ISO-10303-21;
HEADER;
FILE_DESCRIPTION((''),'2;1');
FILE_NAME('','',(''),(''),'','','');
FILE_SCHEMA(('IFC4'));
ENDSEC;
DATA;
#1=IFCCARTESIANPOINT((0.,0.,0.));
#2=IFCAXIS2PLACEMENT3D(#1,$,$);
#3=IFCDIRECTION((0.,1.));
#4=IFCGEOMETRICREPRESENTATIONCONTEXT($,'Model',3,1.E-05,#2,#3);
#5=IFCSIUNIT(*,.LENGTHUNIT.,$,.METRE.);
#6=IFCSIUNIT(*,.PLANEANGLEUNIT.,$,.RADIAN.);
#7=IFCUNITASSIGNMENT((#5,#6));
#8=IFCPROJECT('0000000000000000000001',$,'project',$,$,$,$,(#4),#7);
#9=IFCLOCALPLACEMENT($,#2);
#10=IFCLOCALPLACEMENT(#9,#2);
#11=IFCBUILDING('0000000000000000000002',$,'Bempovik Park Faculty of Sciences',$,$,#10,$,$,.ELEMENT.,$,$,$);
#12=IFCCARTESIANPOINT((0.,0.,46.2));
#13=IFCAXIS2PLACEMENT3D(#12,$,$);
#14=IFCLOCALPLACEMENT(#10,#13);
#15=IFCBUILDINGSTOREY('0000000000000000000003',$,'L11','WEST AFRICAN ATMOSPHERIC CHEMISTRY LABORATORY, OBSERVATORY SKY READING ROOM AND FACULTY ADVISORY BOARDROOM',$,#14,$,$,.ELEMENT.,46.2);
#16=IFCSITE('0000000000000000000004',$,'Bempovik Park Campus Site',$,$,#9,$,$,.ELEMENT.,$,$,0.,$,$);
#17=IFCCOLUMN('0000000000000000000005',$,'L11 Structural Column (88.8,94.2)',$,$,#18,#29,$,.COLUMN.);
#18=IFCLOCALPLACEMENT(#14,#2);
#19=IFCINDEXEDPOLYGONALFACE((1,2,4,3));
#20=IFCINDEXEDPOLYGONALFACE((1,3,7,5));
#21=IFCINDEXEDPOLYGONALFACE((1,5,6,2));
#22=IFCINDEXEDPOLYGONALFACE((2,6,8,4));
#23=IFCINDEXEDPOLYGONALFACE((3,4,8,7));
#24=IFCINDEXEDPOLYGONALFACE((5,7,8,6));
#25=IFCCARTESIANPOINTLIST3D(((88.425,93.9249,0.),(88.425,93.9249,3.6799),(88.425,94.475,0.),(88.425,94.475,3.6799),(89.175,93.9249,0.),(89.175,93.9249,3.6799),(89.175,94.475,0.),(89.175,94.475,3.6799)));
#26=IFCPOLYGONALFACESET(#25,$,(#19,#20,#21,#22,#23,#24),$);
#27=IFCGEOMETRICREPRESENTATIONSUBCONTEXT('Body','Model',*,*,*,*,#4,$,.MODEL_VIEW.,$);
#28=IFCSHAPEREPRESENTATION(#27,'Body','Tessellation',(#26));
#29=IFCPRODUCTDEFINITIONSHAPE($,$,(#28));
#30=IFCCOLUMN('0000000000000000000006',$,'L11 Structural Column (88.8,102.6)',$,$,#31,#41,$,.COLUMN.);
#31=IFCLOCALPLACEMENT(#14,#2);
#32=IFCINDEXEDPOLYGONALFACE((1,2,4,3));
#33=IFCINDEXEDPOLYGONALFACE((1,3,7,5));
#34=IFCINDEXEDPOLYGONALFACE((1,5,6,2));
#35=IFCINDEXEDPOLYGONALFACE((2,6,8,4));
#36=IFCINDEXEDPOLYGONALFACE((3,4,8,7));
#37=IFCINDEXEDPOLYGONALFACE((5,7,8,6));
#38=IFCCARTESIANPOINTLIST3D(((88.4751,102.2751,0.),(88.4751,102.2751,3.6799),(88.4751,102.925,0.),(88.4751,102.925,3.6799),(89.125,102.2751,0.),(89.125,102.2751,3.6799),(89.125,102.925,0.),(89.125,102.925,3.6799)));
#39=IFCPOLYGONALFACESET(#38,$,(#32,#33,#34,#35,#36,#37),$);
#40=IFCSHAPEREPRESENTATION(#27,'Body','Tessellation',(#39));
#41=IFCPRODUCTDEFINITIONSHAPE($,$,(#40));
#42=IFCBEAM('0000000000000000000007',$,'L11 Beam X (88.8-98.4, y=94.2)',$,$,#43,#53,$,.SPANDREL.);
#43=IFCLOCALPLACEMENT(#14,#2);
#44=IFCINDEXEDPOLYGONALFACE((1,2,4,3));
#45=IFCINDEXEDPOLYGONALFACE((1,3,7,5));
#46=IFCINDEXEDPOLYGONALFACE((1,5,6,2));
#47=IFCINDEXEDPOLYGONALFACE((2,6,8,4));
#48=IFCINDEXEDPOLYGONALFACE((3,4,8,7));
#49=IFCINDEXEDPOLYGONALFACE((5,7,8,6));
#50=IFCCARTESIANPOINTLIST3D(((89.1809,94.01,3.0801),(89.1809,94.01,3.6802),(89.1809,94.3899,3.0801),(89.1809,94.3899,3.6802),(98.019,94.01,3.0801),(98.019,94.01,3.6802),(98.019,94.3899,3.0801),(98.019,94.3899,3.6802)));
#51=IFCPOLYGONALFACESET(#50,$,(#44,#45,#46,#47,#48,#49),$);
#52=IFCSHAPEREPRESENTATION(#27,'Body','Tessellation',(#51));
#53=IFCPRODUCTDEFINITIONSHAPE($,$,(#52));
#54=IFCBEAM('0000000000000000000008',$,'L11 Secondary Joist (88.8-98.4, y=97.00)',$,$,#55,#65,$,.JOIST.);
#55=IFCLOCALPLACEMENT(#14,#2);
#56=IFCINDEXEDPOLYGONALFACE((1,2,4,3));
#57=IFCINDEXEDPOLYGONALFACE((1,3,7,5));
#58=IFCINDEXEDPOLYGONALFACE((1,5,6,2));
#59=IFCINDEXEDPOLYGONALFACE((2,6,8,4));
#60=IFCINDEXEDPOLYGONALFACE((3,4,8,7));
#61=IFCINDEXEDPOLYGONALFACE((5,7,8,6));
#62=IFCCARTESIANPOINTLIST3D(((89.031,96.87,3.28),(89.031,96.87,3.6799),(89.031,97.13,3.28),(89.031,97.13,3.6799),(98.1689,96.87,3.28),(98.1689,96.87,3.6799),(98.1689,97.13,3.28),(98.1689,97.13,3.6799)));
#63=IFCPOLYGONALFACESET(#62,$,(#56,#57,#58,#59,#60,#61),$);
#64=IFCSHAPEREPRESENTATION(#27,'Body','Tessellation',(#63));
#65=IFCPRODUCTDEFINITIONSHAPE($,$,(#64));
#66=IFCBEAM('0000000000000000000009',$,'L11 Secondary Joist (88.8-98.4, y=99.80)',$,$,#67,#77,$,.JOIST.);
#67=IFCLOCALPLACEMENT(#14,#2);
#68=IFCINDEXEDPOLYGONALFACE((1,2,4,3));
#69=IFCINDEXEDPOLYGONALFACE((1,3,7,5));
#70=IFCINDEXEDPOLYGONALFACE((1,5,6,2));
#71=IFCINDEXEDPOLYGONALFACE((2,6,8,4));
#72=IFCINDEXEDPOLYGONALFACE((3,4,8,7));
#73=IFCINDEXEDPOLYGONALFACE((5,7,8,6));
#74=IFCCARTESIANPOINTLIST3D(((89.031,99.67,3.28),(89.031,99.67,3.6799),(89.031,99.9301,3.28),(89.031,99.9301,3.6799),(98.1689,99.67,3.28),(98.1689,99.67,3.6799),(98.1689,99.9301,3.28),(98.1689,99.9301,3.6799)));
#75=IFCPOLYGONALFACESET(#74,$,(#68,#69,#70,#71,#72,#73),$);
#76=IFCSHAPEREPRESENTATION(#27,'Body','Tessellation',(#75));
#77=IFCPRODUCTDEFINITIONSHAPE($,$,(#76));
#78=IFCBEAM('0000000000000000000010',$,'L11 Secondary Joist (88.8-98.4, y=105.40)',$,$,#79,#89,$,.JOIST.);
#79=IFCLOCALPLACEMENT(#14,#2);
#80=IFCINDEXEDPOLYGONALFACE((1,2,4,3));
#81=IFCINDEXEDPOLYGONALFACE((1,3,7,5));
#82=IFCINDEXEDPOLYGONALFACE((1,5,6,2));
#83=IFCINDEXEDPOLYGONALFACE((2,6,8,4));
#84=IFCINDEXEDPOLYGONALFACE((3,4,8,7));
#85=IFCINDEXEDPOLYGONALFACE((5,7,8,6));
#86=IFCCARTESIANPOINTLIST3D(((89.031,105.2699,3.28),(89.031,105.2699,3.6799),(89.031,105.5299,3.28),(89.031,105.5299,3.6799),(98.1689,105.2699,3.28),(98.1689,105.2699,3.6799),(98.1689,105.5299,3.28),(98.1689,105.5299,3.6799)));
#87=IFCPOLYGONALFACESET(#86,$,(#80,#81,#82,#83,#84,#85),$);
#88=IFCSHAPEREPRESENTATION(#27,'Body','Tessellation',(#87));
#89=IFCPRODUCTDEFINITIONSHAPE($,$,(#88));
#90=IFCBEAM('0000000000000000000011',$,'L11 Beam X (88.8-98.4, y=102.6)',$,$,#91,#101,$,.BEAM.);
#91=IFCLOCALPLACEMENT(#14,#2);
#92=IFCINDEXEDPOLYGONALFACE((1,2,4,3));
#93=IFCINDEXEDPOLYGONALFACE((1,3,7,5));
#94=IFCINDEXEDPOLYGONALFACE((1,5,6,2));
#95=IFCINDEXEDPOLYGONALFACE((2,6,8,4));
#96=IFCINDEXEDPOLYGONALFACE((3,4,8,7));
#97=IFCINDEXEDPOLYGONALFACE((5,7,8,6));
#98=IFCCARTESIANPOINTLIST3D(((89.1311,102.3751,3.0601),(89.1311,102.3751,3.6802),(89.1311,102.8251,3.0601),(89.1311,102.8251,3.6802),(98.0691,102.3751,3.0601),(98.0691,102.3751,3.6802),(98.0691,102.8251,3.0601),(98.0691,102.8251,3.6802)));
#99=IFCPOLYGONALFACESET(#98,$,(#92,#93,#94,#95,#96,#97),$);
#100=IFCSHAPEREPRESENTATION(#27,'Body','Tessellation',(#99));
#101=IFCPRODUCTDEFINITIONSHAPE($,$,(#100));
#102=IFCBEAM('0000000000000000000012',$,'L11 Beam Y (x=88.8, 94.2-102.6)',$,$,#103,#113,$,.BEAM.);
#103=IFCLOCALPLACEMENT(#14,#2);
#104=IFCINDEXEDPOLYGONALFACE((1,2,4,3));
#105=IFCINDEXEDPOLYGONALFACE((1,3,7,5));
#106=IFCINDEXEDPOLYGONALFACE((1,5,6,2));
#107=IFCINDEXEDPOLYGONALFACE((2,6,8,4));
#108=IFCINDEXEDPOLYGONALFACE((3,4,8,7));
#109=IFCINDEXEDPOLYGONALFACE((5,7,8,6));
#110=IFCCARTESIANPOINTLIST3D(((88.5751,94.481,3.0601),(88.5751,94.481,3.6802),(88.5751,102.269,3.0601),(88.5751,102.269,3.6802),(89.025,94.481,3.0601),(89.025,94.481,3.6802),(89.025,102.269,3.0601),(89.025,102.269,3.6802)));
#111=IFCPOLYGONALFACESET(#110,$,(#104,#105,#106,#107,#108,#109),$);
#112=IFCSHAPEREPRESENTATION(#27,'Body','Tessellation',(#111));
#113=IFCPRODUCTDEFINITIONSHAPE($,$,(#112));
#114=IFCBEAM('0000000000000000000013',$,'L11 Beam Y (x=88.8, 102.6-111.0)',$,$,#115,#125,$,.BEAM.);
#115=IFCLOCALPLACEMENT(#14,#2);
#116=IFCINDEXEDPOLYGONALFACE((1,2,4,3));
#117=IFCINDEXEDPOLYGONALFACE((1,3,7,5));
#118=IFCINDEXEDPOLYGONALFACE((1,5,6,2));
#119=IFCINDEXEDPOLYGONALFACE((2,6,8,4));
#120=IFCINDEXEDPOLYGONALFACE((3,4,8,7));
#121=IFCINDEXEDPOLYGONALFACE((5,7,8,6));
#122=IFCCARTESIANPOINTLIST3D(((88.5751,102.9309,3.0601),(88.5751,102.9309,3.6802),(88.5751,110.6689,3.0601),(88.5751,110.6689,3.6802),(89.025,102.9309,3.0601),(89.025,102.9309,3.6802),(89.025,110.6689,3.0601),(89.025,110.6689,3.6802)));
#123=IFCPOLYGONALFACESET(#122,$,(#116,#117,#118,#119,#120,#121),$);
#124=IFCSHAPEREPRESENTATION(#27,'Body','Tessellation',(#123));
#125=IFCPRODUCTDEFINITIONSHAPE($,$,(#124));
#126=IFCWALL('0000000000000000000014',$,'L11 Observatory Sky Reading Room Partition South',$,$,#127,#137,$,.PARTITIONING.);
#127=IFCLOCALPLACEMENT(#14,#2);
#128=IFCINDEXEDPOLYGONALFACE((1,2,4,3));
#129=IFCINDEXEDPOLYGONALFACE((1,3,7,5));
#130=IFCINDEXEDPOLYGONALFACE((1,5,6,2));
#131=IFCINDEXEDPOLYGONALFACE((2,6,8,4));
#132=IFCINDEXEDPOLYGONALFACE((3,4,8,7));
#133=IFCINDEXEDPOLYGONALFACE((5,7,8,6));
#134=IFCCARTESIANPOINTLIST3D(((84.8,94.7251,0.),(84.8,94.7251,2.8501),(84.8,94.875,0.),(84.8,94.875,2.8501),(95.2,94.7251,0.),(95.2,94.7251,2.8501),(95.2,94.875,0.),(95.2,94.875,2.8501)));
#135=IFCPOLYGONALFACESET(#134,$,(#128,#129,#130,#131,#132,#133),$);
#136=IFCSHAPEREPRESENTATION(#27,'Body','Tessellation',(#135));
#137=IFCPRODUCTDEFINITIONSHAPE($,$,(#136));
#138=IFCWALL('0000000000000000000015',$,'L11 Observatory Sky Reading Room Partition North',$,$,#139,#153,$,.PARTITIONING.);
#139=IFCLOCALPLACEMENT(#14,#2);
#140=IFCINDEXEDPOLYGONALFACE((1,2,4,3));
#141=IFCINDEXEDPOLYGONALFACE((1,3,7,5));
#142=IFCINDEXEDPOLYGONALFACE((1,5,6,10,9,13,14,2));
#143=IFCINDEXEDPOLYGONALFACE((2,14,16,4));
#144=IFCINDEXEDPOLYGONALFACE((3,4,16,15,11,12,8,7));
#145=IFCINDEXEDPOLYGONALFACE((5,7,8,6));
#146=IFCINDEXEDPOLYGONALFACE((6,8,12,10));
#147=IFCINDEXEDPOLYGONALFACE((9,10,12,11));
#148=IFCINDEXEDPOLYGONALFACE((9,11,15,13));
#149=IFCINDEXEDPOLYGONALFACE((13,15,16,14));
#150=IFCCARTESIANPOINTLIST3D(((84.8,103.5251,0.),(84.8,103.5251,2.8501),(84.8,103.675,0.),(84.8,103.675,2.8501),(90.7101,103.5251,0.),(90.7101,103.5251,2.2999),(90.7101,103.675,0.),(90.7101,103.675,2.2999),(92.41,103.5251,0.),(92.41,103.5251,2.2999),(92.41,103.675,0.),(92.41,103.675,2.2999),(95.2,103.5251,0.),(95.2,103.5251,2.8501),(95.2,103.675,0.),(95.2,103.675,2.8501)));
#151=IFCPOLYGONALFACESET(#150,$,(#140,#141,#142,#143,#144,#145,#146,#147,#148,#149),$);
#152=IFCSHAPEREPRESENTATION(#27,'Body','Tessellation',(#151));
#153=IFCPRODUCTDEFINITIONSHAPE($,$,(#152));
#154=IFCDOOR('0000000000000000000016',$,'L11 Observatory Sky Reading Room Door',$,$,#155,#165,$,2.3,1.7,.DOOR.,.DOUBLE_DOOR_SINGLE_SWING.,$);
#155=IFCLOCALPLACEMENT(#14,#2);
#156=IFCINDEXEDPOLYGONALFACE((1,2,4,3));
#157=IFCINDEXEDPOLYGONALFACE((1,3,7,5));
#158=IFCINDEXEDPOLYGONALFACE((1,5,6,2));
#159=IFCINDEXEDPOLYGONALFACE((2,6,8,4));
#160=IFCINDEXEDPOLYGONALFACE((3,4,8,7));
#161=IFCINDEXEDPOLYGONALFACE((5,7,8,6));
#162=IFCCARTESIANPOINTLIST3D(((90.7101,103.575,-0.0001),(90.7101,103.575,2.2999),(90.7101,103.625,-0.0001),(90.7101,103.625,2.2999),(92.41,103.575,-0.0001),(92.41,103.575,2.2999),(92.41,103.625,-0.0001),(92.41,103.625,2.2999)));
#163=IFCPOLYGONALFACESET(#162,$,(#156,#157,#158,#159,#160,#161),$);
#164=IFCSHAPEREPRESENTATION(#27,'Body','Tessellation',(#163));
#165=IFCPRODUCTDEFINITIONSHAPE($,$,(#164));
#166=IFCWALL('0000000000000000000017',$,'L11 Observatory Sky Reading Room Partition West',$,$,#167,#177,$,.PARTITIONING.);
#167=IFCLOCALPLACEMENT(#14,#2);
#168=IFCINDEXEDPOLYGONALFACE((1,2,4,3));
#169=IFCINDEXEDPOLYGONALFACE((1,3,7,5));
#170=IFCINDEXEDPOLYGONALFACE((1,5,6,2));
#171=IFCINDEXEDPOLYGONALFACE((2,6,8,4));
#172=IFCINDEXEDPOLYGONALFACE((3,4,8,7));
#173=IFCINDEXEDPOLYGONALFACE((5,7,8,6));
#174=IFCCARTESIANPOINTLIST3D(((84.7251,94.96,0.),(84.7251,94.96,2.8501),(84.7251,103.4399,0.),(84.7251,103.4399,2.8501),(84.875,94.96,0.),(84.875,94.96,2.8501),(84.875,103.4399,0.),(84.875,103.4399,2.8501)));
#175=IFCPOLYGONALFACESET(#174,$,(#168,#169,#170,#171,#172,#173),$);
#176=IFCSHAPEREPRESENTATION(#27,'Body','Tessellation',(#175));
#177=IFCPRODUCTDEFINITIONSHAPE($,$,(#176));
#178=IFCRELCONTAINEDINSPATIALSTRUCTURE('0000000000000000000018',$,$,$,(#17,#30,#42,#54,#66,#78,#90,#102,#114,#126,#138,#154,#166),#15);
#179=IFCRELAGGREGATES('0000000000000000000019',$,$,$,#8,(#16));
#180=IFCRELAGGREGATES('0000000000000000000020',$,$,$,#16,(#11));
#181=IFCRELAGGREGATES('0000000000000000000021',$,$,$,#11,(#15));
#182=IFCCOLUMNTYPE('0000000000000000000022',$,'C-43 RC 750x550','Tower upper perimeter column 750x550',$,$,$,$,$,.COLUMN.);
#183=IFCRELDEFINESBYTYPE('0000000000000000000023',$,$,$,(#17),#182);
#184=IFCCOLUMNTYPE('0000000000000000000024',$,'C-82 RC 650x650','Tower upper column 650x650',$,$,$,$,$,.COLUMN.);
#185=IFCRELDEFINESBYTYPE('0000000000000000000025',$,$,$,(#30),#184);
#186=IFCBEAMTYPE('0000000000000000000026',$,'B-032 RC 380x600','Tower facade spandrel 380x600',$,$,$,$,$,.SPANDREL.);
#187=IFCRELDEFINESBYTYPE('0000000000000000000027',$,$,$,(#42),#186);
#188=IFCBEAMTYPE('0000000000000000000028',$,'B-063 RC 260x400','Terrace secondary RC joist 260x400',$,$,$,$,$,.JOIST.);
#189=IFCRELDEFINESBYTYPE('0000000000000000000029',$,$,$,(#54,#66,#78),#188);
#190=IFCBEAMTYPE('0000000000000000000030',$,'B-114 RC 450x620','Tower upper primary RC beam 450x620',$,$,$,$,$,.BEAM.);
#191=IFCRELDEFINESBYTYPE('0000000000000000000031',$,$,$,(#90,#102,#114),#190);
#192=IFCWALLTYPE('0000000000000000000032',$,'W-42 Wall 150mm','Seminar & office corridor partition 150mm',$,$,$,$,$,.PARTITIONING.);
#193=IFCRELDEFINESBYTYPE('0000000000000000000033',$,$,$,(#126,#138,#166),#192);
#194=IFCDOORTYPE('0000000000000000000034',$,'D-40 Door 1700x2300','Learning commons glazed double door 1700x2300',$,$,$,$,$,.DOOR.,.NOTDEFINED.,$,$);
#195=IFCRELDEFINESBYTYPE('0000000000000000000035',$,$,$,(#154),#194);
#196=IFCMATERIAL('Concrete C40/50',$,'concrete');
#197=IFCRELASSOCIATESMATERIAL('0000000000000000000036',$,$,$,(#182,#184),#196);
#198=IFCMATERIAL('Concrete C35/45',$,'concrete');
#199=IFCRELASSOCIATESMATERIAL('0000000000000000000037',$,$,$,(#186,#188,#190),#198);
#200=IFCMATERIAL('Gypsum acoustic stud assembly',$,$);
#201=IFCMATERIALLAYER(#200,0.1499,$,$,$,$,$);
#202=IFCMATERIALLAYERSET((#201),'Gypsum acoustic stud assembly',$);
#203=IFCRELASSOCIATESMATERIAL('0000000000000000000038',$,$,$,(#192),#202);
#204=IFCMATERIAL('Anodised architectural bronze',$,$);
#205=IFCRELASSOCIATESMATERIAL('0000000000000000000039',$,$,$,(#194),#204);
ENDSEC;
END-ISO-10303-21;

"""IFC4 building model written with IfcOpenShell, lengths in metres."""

from ifc_helpers import new_model, si_unit, direction, frame, frame_2d, origin, origin_2d, place, context, subcontext, project, spatial, rectangle, extrude, material, layer, layer_set, material_profile, profile_set, type_object, element, fill, save


model = new_model("IFC4")

# Units and contexts
model_context = context("Model", 3, precision=1e-05, world=origin(), true_north=direction((0.0, 1.0)))
body_context = subcontext(model_context, "Body", "Model", "MODEL_VIEW")
ifc_project = project(units=[si_unit("LENGTHUNIT", "METRE"), si_unit("PLANEANGLEUNIT", "RADIAN")], contexts=[model_context])

# Site, building, storey
site_placement = place(None, origin())
site = spatial("IfcSite", under=ifc_project, at=site_placement, Name="Bempovik Park Campus Site", CompositionType="ELEMENT", RefElevation=0.0)
building_placement = place(site_placement, origin())
building = spatial("IfcBuilding", under=site, at=building_placement, Name="Bempovik Park Faculty of Sciences", CompositionType="ELEMENT")
storey_placement = place(building_placement, frame((0.0, 0.0, 46.2)))
storey = spatial("IfcBuildingStorey", under=building, at=storey_placement, Name="L11", Description="WEST AFRICAN ATMOSPHERIC CHEMISTRY LABORATORY, OBSERVATORY SKY READING ROOM AND FACULTY ADVISORY BOARDROOM", CompositionType="ELEMENT", Elevation=46.2)

# Columns
ifc_material_1 = material(Name="Concrete C40/50", Category="concrete")
ifc_material_profile_1 = material_profile(ifc_material_1, rectangle(XDim=0.75, YDim=0.55, at=origin_2d()), Name="RC 750x550")
ifc_profile_set_1 = profile_set([ifc_material_profile_1], Name="Concrete C40/50")
column_type_1 = type_object("IfcColumnType", Name="C-43 RC 750x550", Description="Tower upper perimeter column 750x550", PredefinedType="COLUMN", material=ifc_profile_set_1)
column_1_placement = place(storey_placement, frame((88.8, 94.2, 0.0), z_axis=(0.0, 0.0, 1.0), x_axis=(1.0, 0.0, 0.0)))
element("IfcColumn", 1, at=column_1_placement, inside=storey, type_object=column_type_1, Name="L11 Structural Column (88.8,94.2)", PredefinedType="COLUMN", context=body_context, shape_type="SweptSolid", body=[
    extrude(rectangle(XDim=0.75, YDim=0.55, at=origin_2d()), origin(), (0.0, 0.0, 1.0), 3.6799),
])
ifc_material_profile_2 = material_profile(ifc_material_1, rectangle(XDim=0.6499, YDim=0.6499, at=origin_2d()), Name="RC 650x650")
ifc_profile_set_2 = profile_set([ifc_material_profile_2], Name="Concrete C40/50")
column_type_2 = type_object("IfcColumnType", Name="C-82 RC 650x650", Description="Tower upper column 650x650", PredefinedType="COLUMN", material=ifc_profile_set_2)
column_2_placement = place(storey_placement, frame((88.8, 102.6001, 0.0), z_axis=(0.0, 0.0, 1.0), x_axis=(1.0, 0.0, 0.0)))
element("IfcColumn", 2, at=column_2_placement, inside=storey, type_object=column_type_2, Name="L11 Structural Column (88.8,102.6)", PredefinedType="COLUMN", context=body_context, shape_type="SweptSolid", body=[
    extrude(rectangle(XDim=0.6499, YDim=0.6499, at=origin_2d()), origin(), (0.0, 0.0, 1.0), 3.6799),
])

# Beams
ifc_material_2 = material(Name="Concrete C35/45", Category="concrete")
ifc_material_profile_3 = material_profile(ifc_material_2, rectangle(XDim=0.3799, YDim=0.6001, at=origin_2d()), Name="RC 380x600")
ifc_profile_set_3 = profile_set([ifc_material_profile_3], Name="Concrete C35/45")
beam_type_1 = type_object("IfcBeamType", Name="B-032 RC 380x600", Description="Tower facade spandrel 380x600", PredefinedType="SPANDREL", material=ifc_profile_set_3)
beam_1_placement = place(storey_placement, frame((89.1809, 94.2, 3.3801), z_axis=(1.0, 0.0, 0.0), x_axis=(0.0, 1.0, 0.0)))
element("IfcBeam", 3, at=beam_1_placement, inside=storey, type_object=beam_type_1, Name="L11 Beam X (88.8-98.4, y=94.2)", PredefinedType="SPANDREL", context=body_context, shape_type="SweptSolid", body=[
    extrude(rectangle(XDim=0.3799, YDim=0.6001, at=origin_2d()), origin(), (0.0, 0.0, 1.0), 8.8381),
])
ifc_material_profile_4 = material_profile(ifc_material_2, rectangle(XDim=0.26, YDim=0.3999, at=origin_2d()), Name="RC 260x400")
ifc_profile_set_4 = profile_set([ifc_material_profile_4], Name="Concrete C35/45")
beam_type_2 = type_object("IfcBeamType", Name="B-063 RC 260x400", Description="Terrace secondary RC joist 260x400", PredefinedType="JOIST", material=ifc_profile_set_4)
for number, where, z_axis, x_axis, name in (
    (4, (89.031, 97.0, 3.48), (1.0, 0.0, 0.0), (0.0, 1.0, 0.0), "L11 Secondary Joist (88.8-98.4, y=97.00)"),
    (5, (89.031, 99.8, 3.48), (1.0, 0.0, 0.0), (0.0, 1.0, 0.0), "L11 Secondary Joist (88.8-98.4, y=99.80)"),
    (6, (89.031, 105.3999, 3.48), (1.0, 0.0, 0.0), (0.0, 1.0, 0.0), "L11 Secondary Joist (88.8-98.4, y=105.40)"),
):
    element("IfcBeam", number, at=place(storey_placement, frame(where, z_axis=z_axis, x_axis=x_axis)), inside=storey, type_object=beam_type_2, Name=name, PredefinedType="JOIST", context=body_context, shape_type="SweptSolid", body=[
        extrude(rectangle(XDim=0.26, YDim=0.3999, at=origin_2d()), origin(), (0.0, 0.0, 1.0), 9.1379),
    ])
ifc_material_profile_5 = material_profile(ifc_material_2, rectangle(XDim=0.45, YDim=0.6201, at=origin_2d()), Name="RC 450x620")
ifc_profile_set_5 = profile_set([ifc_material_profile_5], Name="Concrete C35/45")
beam_type_3 = type_object("IfcBeamType", Name="B-114 RC 450x620", Description="Tower upper primary RC beam 450x620", PredefinedType="BEAM", material=ifc_profile_set_5)
beam_2_placement = place(storey_placement, frame((89.1311, 102.6001, 3.3701), z_axis=(1.0, 0.0, 0.0), x_axis=(0.0, 1.0, 0.0)))
element("IfcBeam", 7, at=beam_2_placement, inside=storey, type_object=beam_type_3, Name="L11 Beam X (88.8-98.4, y=102.6)", PredefinedType="BEAM", context=body_context, shape_type="SweptSolid", body=[
    extrude(rectangle(XDim=0.45, YDim=0.6201, at=origin_2d()), origin(), (0.0, 0.0, 1.0), 8.938),
])
beam_3_placement = place(storey_placement, frame((88.8, 94.481, 3.3701), z_axis=(0.0, 1.0, 0.0), x_axis=(-1.0, 0.0, 0.0)))
element("IfcBeam", 8, at=beam_3_placement, inside=storey, type_object=beam_type_3, Name="L11 Beam Y (x=88.8, 94.2-102.6)", PredefinedType="BEAM", context=body_context, shape_type="SweptSolid", body=[
    extrude(rectangle(XDim=0.45, YDim=0.6201, at=origin_2d()), origin(), (0.0, 0.0, 1.0), 7.7881),
])
beam_4_placement = place(storey_placement, frame((88.8, 102.9309, 3.3701), z_axis=(0.0, 1.0, 0.0), x_axis=(-1.0, 0.0, 0.0)))
element("IfcBeam", 9, at=beam_4_placement, inside=storey, type_object=beam_type_3, Name="L11 Beam Y (x=88.8, 102.6-111.0)", PredefinedType="BEAM", context=body_context, shape_type="SweptSolid", body=[
    extrude(rectangle(XDim=0.45, YDim=0.6201, at=origin_2d()), origin(), (0.0, 0.0, 1.0), 7.738),
])

# Wall
ifc_material_3 = material(Name="Gypsum acoustic stud assembly")
ifc_layer_1 = layer(ifc_material_3, 0.1499)
ifc_layer_set_1 = layer_set([ifc_layer_1], Name="Gypsum acoustic stud assembly")
wall_type_1 = type_object("IfcWallType", Name="W-42 Wall 150mm", Description="Seminar & office corridor partition 150mm", PredefinedType="PARTITIONING", material=ifc_layer_set_1)
wall_1_placement = place(storey_placement, frame((84.8, 94.8, 0.0), z_axis=(0.0, 0.0, 1.0), x_axis=(1.0, 0.0, 0.0)))
element("IfcWall", 10, at=wall_1_placement, inside=storey, type_object=wall_type_1, Name="L11 Observatory Sky Reading Room Partition South", PredefinedType="PARTITIONING", context=body_context, shape_type="SweptSolid", body=[
    extrude(rectangle(XDim=10.3999, YDim=0.1499, at=frame_2d((5.2, 0.0))), origin(), (0.0, 0.0, 1.0), 2.8501),
])

# Wall, opening, door
wall_2_placement = place(storey_placement, frame((84.8, 103.6001, 0.0), z_axis=(0.0, 0.0, 1.0), x_axis=(1.0, 0.0, 0.0)))
wall_2 = element("IfcWall", 11, at=wall_2_placement, inside=storey, type_object=wall_type_1, Name="L11 Observatory Sky Reading Room Partition North", PredefinedType="PARTITIONING", context=body_context, shape_type="SweptSolid", body=[
    extrude(rectangle(XDim=10.3999, YDim=0.1499, at=frame_2d((5.2, 0.0))), origin(), (0.0, 0.0, 1.0), 2.8501),
])
opening_1_placement = place(wall_2_placement, frame((5.9099, 0.0, 0.0)))
opening_1 = element("IfcOpeningElement", 12, at=opening_1_placement, cuts=wall_2, PredefinedType="OPENING", context=body_context, shape_type="SweptSolid", body=[
    extrude(rectangle(XDim=1.7, YDim=2.3, at=frame_2d((0.8501, 1.1499))), frame((0.0, 0.085, 0.0), z_axis=(0.0, -1.0, 0.0), x_axis=(1.0, 0.0, 0.0)), (0.0, 0.0, 1.0), 0.1699),
])
ifc_material_4 = material(Name="Anodised architectural bronze")
door_type = type_object("IfcDoorType", Name="D-40 Door 1700x2300", Description="Learning commons glazed double door 1700x2300", OperationType="NOTDEFINED", PredefinedType="DOOR", material=ifc_material_4)
door_placement = place(opening_1_placement, origin())
door = element("IfcDoor", 13, at=door_placement, inside=storey, type_object=door_type, Name="L11 Observatory Sky Reading Room Door", OperationType="DOUBLE_DOOR_SINGLE_SWING", OverallHeight=2.3, OverallWidth=1.7, PredefinedType="DOOR", context=body_context, shape_type="SweptSolid", body=[
    extrude(rectangle(XDim=1.7, YDim=2.3, at=frame_2d((0.8501, 1.1499))), frame((0.0, 0.0249, 0.0), z_axis=(0.0, -1.0, 0.0), x_axis=(1.0, 0.0, 0.0)), (0.0, 0.0, 1.0), 0.05),
])
fill(opening_1, door)

# Wall
wall_3_placement = place(storey_placement, frame((84.8, 94.96, 0.0), z_axis=(0.0, 0.0, 1.0), x_axis=(0.0, 1.0, 0.0)))
element("IfcWall", 14, at=wall_3_placement, inside=storey, type_object=wall_type_1, Name="L11 Observatory Sky Reading Room Partition West", PredefinedType="PARTITIONING", context=body_context, shape_type="SweptSolid", body=[
    extrude(rectangle(XDim=8.48, YDim=0.1499, at=frame_2d((4.24, 0.0))), origin(), (0.0, 0.0, 1.0), 2.8501),
])

save(model, "model.ifc")
